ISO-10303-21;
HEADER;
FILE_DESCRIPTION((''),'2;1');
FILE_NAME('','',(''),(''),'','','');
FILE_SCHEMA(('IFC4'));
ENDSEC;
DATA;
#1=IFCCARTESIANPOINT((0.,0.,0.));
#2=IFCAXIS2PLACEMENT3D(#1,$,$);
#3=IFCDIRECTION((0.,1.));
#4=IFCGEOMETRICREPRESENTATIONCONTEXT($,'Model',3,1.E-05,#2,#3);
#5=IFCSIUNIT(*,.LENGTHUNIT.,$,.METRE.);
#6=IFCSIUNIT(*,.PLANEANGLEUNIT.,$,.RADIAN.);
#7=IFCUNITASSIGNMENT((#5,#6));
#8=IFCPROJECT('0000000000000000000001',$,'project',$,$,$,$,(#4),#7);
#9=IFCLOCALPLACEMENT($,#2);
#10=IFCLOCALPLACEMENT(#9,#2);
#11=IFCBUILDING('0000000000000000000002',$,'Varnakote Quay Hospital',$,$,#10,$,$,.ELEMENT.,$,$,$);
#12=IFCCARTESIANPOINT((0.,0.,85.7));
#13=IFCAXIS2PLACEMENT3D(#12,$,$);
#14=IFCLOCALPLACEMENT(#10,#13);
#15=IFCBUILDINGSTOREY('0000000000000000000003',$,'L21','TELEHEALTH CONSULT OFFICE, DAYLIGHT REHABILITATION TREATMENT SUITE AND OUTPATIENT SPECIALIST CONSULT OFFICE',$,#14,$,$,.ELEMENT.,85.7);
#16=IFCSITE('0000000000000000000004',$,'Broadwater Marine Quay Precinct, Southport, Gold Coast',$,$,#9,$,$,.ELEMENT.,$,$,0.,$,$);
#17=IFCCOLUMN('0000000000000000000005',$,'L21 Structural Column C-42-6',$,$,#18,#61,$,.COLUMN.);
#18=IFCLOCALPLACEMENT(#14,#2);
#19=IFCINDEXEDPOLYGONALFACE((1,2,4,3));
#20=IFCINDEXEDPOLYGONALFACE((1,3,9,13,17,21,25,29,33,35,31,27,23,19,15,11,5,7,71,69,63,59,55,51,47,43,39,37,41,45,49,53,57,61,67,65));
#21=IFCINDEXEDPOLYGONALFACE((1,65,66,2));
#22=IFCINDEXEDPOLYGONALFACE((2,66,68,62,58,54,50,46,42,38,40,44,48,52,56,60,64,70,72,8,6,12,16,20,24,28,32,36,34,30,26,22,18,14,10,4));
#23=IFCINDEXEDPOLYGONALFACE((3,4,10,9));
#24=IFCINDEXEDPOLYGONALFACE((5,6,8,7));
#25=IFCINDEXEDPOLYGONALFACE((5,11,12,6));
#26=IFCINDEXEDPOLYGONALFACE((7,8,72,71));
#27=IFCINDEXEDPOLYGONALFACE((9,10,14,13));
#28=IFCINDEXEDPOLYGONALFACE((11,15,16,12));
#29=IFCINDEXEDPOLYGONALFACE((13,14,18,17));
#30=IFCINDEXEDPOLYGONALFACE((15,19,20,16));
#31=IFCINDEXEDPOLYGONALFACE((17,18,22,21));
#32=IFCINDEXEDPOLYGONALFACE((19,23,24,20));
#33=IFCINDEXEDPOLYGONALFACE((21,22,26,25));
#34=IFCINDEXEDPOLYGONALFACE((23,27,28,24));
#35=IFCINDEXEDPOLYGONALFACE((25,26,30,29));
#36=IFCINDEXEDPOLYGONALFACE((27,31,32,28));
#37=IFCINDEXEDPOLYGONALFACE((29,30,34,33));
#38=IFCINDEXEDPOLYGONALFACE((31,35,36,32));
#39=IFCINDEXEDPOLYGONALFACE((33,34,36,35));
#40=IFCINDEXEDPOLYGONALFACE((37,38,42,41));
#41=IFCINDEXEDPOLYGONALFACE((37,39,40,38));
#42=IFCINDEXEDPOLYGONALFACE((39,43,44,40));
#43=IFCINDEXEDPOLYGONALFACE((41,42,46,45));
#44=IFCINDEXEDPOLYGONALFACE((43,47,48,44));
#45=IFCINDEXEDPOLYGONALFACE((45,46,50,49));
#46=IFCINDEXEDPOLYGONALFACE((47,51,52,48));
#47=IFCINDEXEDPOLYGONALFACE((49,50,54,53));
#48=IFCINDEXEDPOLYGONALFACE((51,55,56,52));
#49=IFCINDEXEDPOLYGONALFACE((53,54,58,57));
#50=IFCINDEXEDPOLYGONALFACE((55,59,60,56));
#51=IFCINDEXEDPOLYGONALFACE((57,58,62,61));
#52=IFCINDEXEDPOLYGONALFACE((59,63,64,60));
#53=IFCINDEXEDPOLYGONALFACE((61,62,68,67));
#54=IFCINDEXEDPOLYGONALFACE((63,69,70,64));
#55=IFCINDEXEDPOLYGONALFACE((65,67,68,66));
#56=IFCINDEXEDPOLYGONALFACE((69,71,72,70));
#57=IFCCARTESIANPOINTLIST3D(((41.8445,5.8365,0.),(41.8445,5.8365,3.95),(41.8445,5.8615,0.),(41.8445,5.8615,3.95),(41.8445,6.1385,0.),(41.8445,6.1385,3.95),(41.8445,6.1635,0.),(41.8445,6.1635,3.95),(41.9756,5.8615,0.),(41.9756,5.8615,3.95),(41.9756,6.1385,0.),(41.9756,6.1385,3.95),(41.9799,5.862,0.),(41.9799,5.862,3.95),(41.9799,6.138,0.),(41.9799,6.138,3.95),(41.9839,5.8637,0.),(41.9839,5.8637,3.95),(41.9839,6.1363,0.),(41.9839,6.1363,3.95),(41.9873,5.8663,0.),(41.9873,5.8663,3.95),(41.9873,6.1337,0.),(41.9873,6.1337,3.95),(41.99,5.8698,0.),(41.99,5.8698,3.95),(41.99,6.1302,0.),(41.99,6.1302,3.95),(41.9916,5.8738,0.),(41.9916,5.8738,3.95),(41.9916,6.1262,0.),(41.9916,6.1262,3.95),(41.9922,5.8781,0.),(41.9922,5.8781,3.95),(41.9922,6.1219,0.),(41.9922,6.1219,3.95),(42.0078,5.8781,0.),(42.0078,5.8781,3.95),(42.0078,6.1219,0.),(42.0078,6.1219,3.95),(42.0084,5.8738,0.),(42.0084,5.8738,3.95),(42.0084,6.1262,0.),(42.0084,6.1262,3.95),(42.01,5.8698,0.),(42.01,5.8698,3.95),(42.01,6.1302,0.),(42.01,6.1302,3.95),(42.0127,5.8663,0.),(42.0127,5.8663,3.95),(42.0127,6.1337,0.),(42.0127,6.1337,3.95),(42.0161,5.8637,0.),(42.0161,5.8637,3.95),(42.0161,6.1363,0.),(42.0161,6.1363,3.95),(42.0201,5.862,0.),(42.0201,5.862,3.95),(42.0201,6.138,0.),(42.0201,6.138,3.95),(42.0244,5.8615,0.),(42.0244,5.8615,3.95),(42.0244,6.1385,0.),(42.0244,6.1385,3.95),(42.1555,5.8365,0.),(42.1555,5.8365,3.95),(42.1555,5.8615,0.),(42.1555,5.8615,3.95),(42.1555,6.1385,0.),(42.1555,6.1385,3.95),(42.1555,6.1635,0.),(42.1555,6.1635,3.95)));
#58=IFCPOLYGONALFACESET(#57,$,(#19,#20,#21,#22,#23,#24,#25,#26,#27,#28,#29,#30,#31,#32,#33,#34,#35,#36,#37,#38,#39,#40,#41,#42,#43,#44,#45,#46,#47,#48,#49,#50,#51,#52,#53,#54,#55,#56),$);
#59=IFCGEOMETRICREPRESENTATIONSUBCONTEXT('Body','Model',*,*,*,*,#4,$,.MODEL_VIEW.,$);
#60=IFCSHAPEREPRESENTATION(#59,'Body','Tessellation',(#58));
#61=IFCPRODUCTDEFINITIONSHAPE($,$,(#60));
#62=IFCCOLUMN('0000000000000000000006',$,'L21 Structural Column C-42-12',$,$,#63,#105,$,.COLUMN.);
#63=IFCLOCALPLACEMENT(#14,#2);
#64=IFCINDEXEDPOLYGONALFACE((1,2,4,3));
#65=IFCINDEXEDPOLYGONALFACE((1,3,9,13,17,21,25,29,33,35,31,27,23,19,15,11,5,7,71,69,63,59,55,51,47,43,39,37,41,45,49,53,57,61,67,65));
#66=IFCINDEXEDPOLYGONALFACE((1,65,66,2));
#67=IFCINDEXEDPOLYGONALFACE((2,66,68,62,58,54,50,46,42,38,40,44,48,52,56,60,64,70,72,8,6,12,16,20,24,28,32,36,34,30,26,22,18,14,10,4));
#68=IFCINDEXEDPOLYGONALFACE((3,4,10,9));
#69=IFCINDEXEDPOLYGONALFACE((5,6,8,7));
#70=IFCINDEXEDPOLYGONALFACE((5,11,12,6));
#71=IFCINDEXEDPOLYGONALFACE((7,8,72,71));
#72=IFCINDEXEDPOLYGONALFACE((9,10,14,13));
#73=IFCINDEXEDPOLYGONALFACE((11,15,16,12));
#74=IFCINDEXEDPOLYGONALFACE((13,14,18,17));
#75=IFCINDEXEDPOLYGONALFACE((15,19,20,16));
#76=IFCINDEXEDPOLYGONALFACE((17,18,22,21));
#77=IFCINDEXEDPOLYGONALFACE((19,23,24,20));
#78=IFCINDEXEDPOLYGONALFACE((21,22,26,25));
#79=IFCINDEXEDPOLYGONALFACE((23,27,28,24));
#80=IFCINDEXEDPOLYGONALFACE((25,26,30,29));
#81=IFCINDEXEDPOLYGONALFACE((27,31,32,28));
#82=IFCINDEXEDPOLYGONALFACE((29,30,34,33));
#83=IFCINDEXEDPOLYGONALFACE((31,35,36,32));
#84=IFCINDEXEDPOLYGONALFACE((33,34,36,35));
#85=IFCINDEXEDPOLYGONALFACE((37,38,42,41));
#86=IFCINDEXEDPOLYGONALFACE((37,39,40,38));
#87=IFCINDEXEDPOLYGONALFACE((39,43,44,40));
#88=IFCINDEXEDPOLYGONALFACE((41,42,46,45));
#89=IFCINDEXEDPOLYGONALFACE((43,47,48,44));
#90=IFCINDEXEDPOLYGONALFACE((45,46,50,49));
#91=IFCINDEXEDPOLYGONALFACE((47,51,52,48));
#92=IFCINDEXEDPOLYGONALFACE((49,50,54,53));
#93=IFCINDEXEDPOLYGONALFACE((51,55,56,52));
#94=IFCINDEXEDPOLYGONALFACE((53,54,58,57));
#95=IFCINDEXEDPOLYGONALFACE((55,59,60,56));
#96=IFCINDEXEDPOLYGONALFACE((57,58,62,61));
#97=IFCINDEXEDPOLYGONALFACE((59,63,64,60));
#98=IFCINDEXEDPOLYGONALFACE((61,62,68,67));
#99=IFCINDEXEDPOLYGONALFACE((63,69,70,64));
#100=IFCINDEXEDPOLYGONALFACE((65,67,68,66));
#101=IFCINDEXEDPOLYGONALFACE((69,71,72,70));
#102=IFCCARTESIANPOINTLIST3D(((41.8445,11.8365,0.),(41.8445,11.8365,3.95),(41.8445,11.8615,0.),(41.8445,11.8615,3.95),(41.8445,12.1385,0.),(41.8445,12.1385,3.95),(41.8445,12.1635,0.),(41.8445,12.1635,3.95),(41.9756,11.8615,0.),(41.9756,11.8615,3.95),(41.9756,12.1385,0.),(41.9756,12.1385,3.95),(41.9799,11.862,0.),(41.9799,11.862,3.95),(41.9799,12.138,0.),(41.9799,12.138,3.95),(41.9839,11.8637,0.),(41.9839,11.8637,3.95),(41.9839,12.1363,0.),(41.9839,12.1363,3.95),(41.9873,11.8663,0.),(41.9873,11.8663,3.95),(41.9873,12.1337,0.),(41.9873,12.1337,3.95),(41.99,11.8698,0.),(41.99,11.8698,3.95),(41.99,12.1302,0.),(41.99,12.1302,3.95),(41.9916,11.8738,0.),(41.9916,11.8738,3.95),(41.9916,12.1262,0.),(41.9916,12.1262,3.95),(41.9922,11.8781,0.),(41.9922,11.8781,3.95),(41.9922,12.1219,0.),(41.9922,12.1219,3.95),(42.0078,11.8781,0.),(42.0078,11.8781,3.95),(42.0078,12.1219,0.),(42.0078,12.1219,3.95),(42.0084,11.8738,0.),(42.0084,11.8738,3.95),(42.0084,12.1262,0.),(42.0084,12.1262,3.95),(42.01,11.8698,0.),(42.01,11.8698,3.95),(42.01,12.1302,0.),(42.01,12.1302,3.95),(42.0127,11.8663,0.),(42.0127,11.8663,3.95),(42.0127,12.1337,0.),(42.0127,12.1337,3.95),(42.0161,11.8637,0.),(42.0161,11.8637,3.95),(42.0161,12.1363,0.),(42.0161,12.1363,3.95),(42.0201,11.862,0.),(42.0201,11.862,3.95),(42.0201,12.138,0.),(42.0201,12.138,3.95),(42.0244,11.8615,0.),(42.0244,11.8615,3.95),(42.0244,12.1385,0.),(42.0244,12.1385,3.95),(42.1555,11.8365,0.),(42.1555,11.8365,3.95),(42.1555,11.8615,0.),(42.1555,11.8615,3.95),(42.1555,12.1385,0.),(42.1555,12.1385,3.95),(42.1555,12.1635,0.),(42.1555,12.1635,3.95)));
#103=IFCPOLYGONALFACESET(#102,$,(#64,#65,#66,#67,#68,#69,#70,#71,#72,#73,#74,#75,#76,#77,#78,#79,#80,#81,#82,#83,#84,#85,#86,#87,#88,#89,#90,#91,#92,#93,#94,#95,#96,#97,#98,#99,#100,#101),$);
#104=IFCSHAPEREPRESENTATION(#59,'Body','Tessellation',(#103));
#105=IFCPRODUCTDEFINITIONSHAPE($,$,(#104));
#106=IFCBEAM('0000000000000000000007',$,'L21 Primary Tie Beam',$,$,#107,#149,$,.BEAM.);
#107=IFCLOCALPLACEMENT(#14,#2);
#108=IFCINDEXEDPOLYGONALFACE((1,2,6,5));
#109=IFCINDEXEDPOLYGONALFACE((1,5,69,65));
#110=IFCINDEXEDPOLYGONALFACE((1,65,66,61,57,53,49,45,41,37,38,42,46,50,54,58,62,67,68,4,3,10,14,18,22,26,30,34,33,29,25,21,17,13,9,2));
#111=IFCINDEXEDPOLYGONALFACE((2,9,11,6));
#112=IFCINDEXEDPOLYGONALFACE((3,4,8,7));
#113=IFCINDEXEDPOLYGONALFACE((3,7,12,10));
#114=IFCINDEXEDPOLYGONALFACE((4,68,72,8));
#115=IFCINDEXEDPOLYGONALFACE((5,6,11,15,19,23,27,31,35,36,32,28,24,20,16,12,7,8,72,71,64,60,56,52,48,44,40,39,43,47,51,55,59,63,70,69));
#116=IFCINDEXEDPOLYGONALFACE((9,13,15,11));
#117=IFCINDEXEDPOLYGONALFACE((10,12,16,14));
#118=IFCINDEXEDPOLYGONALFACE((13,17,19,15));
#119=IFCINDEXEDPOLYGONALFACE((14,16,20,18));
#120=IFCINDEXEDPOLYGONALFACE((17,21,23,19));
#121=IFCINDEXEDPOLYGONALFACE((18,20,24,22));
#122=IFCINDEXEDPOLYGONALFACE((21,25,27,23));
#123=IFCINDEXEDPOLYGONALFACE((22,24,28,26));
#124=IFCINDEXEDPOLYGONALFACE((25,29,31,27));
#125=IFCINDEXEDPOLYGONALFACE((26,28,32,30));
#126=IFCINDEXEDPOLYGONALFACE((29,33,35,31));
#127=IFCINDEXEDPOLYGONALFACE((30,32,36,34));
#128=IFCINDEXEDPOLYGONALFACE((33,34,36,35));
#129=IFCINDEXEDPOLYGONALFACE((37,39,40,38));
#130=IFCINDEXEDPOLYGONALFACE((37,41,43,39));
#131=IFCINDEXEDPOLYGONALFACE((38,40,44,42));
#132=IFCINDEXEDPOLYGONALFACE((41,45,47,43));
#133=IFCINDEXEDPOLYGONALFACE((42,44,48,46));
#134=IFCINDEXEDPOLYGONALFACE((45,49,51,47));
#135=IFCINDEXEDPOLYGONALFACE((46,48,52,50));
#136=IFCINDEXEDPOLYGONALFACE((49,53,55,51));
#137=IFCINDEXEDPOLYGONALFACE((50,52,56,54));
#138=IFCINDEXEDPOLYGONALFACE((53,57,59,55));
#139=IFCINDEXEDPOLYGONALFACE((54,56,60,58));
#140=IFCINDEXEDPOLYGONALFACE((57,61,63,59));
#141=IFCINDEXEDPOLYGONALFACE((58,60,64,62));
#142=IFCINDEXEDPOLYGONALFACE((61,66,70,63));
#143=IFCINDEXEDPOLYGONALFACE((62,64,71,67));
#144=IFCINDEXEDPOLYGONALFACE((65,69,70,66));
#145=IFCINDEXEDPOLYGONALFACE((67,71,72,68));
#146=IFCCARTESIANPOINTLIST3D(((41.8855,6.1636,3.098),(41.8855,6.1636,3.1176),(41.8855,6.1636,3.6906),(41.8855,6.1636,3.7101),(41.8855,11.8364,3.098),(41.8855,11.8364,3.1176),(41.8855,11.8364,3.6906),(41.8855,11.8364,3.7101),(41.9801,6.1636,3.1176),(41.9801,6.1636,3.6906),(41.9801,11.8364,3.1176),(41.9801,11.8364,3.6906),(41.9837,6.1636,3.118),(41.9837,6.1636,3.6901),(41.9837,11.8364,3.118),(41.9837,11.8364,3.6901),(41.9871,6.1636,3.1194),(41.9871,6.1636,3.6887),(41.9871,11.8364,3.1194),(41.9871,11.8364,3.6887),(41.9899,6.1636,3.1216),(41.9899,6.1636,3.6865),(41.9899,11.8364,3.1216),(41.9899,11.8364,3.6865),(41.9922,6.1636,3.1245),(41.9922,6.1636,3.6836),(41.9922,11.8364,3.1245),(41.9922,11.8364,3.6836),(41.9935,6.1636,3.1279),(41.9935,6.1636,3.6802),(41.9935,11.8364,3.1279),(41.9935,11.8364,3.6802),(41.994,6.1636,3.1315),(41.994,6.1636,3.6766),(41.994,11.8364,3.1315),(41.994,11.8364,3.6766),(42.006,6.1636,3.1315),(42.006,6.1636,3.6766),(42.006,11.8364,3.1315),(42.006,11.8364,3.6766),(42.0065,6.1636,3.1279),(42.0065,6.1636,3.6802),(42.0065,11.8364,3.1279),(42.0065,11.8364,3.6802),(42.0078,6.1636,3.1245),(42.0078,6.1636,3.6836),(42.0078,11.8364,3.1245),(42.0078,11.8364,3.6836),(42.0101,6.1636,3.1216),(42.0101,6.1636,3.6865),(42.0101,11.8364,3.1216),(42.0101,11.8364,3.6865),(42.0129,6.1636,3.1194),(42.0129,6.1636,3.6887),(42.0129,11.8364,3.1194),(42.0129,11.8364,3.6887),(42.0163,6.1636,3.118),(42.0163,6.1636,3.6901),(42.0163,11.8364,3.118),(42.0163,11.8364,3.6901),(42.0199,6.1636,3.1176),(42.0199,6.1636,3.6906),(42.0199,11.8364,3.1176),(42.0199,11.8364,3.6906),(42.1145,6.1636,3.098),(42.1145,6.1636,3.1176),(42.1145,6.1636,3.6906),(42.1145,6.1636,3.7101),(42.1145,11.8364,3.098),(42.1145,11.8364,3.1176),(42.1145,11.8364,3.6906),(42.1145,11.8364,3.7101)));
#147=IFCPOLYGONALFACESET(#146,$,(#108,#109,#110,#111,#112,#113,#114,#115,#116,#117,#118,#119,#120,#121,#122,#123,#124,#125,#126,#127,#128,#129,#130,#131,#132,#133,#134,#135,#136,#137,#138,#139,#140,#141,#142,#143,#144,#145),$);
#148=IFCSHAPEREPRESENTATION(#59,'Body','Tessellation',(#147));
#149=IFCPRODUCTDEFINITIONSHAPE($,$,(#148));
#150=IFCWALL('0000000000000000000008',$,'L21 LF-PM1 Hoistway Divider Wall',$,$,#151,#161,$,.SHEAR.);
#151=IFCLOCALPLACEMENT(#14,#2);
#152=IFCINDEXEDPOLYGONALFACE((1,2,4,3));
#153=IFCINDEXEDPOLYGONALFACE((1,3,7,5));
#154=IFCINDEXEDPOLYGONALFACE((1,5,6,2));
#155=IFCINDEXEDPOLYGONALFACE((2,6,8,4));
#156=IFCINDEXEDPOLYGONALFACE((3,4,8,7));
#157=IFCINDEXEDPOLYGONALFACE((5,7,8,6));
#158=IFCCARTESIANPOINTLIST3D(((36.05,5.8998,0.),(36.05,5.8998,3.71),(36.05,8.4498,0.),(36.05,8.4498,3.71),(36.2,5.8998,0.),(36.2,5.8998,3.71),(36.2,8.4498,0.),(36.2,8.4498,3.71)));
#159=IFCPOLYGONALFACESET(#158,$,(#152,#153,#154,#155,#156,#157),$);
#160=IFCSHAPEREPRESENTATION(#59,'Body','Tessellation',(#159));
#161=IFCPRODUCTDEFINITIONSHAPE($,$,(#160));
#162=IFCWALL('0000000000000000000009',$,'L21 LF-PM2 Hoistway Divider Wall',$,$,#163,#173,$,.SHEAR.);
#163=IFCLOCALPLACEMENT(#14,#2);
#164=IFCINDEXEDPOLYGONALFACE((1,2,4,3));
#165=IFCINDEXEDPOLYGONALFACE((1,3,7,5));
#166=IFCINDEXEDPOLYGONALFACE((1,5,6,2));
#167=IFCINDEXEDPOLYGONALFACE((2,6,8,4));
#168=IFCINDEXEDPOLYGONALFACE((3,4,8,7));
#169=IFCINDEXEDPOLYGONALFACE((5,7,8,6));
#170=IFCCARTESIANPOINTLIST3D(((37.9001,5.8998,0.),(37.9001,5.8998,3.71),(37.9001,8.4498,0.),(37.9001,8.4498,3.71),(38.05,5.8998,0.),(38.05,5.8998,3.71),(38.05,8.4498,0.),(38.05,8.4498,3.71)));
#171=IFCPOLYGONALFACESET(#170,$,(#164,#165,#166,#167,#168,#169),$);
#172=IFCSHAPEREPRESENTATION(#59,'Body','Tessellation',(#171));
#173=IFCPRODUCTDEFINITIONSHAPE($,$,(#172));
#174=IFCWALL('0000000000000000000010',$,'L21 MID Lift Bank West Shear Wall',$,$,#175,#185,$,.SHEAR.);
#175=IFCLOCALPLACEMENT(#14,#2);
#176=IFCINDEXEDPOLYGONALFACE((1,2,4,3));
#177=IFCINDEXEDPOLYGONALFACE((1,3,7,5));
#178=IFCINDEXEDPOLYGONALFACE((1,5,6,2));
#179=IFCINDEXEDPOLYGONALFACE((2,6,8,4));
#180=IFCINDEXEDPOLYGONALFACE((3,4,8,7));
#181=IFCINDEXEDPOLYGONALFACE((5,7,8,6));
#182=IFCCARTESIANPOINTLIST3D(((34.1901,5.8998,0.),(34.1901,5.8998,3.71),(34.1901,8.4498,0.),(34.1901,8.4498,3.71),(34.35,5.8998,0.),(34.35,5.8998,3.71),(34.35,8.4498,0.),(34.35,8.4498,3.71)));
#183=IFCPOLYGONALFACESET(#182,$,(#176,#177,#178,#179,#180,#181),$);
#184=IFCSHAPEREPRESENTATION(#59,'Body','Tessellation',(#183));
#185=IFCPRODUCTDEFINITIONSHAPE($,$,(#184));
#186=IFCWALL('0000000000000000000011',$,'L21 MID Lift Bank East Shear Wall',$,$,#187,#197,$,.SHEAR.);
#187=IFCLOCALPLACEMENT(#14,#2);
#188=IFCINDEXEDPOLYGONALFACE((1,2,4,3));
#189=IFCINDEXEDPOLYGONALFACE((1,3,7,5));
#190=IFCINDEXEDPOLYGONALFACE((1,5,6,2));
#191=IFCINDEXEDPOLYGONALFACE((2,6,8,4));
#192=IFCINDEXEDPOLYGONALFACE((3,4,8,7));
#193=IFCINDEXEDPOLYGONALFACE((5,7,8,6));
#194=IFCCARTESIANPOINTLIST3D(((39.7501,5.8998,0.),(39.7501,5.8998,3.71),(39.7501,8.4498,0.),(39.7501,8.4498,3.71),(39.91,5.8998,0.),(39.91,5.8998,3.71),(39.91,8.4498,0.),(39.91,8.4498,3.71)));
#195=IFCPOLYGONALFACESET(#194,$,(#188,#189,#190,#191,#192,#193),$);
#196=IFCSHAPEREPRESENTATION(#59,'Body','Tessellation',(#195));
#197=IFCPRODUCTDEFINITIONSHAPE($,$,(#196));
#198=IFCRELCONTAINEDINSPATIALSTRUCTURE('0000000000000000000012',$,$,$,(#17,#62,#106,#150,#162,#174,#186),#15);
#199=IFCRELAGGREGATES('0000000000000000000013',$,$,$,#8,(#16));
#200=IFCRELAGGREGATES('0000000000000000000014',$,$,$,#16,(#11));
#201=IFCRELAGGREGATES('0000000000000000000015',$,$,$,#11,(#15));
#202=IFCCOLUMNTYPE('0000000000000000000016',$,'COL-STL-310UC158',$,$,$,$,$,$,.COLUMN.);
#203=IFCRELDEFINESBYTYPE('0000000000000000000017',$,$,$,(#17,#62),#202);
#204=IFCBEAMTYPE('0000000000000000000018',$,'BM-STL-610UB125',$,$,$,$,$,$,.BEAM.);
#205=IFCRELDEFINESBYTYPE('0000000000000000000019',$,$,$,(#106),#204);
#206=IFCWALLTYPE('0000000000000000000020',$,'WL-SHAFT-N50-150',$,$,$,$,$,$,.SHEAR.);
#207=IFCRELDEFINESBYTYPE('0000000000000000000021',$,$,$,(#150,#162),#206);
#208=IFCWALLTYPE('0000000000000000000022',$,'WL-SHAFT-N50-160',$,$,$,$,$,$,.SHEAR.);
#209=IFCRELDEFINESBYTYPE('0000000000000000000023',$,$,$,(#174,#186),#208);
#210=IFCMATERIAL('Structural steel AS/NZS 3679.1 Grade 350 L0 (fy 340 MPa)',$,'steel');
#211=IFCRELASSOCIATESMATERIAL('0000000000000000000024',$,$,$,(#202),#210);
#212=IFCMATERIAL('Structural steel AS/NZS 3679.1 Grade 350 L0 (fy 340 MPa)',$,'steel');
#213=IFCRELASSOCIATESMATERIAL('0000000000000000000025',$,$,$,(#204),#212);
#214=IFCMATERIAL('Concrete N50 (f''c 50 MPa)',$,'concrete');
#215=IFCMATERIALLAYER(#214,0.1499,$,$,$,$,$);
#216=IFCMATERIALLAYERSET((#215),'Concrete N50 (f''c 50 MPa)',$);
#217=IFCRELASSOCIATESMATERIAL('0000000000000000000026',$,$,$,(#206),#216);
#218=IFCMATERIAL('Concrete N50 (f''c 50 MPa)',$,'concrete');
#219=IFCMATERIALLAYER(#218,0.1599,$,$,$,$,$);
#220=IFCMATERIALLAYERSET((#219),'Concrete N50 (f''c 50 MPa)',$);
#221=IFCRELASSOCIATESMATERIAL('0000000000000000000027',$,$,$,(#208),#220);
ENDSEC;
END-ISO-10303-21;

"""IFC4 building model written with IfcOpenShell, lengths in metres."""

from ifc_helpers import new_model, si_unit, direction, frame, frame_2d, origin, origin_2d, place, context, subcontext, project, spatial, rectangle, i_section, extrude, material, layer, layer_set, material_profile, profile_set, type_object, element, save


model = new_model("IFC4")

# Units and contexts
model_context = context("Model", 3, precision=1e-05, world=origin(), true_north=direction((0.0, 1.0)))
body_context = subcontext(model_context, "Body", "Model", "MODEL_VIEW")
ifc_project = project(units=[si_unit("LENGTHUNIT", "METRE"), si_unit("PLANEANGLEUNIT", "RADIAN")], contexts=[model_context])

# Site, building, storey
site_placement = place(None, origin())
site = spatial("IfcSite", under=ifc_project, at=site_placement, Name="Broadwater Marine Quay Precinct, Southport, Gold Coast", CompositionType="ELEMENT", RefElevation=0.0)
building_placement = place(site_placement, origin())
building = spatial("IfcBuilding", under=site, at=building_placement, Name="Varnakote Quay Hospital", CompositionType="ELEMENT")
storey_placement = place(building_placement, frame((0.0, 0.0, 85.7)))
storey = spatial("IfcBuildingStorey", under=building, at=storey_placement, Name="L21", Description="TELEHEALTH CONSULT OFFICE, DAYLIGHT REHABILITATION TREATMENT SUITE AND OUTPATIENT SPECIALIST CONSULT OFFICE", CompositionType="ELEMENT", Elevation=85.7)

# Columns
ifc_material_1 = material(Name="Structural steel AS/NZS 3679.1 Grade 350 L0 (fy 340 MPa)", Category="steel")
ifc_material_profile_1 = material_profile(ifc_material_1, i_section(OverallWidth=0.311, OverallDepth=0.3269, WebThickness=0.0156, FlangeThickness=0.0249, FilletRadius=0.0166, at=origin_2d()), Name="310UC158")
ifc_profile_set_1 = profile_set([ifc_material_profile_1], Name="Structural steel AS/NZS 3679.1 Grade 350 L0 (fy 340 MPa)")
column_type = type_object("IfcColumnType", Name="COL-STL-310UC158", PredefinedType="COLUMN", material=ifc_profile_set_1)
for number, where, z_axis, x_axis, name in (
    (1, (42.0, 6.0, 0.0), (0.0, 0.0, 1.0), (1.0, 0.0, 0.0), "L21 Structural Column C-42-6"),
    (2, (42.0, 12.0, 0.0), (0.0, 0.0, 1.0), (1.0, 0.0, 0.0), "L21 Structural Column C-42-12"),
):
    element("IfcColumn", number, at=place(storey_placement, frame(where, z_axis=z_axis, x_axis=x_axis)), inside=storey, type_object=column_type, Name=name, PredefinedType="COLUMN", context=body_context, shape_type="SweptSolid", body=[
        extrude(i_section(OverallWidth=0.311, OverallDepth=0.3269, WebThickness=0.0156, FlangeThickness=0.0249, FilletRadius=0.0166, at=origin_2d()), origin(), (0.0, 0.0, 1.0), 3.95),
    ])

# Beam
ifc_material_2 = material(Name="Structural steel AS/NZS 3679.1 Grade 350 L0 (fy 340 MPa)", Category="steel")
ifc_material_profile_2 = material_profile(ifc_material_2, i_section(OverallWidth=0.229, OverallDepth=0.6121, WebThickness=0.012, FlangeThickness=0.0195, FilletRadius=0.0139, at=origin_2d()), Name="610UB125")
ifc_profile_set_2 = profile_set([ifc_material_profile_2], Name="Structural steel AS/NZS 3679.1 Grade 350 L0 (fy 340 MPa)")
beam_type = type_object("IfcBeamType", Name="BM-STL-610UB125", PredefinedType="BEAM", material=ifc_profile_set_2)
beam_placement = place(storey_placement, frame((42.0, 6.1636, 3.4041), z_axis=(0.0, 1.0, 0.0), x_axis=(-1.0, 0.0, 0.0)))
element("IfcBeam", 3, at=beam_placement, inside=storey, type_object=beam_type, Name="L21 Primary Tie Beam", PredefinedType="BEAM", context=body_context, shape_type="SweptSolid", body=[
    extrude(i_section(OverallWidth=0.229, OverallDepth=0.6121, WebThickness=0.012, FlangeThickness=0.0195, FilletRadius=0.0139, at=origin_2d()), origin(), (0.0, 0.0, 1.0), 5.6729),
])

# Walls
ifc_material_3 = material(Name="Concrete N50 (f'c 50 MPa)", Category="concrete")
ifc_layer_1 = layer(ifc_material_3, 0.1499)
ifc_layer_set_1 = layer_set([ifc_layer_1], Name="Concrete N50 (f'c 50 MPa)")
wall_type_1 = type_object("IfcWallType", Name="WL-SHAFT-N50-150", PredefinedType="SHEAR", material=ifc_layer_set_1)
for number, where, z_axis, x_axis, name in (
    (4, (36.125, 5.8999, 0.0), (0.0, 0.0, 1.0), (0.0, 1.0, 0.0), "L21 LF-PM1 Hoistway Divider Wall"),
    (5, (37.9751, 5.8999, 0.0), (0.0, 0.0, 1.0), (0.0, 1.0, 0.0), "L21 LF-PM2 Hoistway Divider Wall"),
):
    element("IfcWall", number, at=place(storey_placement, frame(where, z_axis=z_axis, x_axis=x_axis)), inside=storey, type_object=wall_type_1, Name=name, PredefinedType="SHEAR", context=body_context, shape_type="SweptSolid", body=[
        extrude(rectangle(XDim=2.55, YDim=0.1499, at=frame_2d((1.2749, 0.0))), origin(), (0.0, 0.0, 1.0), 3.71),
    ])
ifc_material_4 = material(Name="Concrete N50 (f'c 50 MPa)", Category="concrete")
ifc_layer_2 = layer(ifc_material_4, 0.1599)
ifc_layer_set_2 = layer_set([ifc_layer_2], Name="Concrete N50 (f'c 50 MPa)")
wall_type_2 = type_object("IfcWallType", Name="WL-SHAFT-N50-160", PredefinedType="SHEAR", material=ifc_layer_set_2)
for number, where, z_axis, x_axis, name in (
    (6, (34.27, 5.8999, 0.0), (0.0, 0.0, 1.0), (0.0, 1.0, 0.0), "L21 MID Lift Bank West Shear Wall"),
    (7, (39.8301, 5.8999, 0.0), (0.0, 0.0, 1.0), (0.0, 1.0, 0.0), "L21 MID Lift Bank East Shear Wall"),
):
    element("IfcWall", number, at=place(storey_placement, frame(where, z_axis=z_axis, x_axis=x_axis)), inside=storey, type_object=wall_type_2, Name=name, PredefinedType="SHEAR", context=body_context, shape_type="SweptSolid", body=[
        extrude(rectangle(XDim=2.55, YDim=0.1599, at=frame_2d((1.2749, 0.0))), origin(), (0.0, 0.0, 1.0), 3.71),
    ])

save(model, "model.ifc")
